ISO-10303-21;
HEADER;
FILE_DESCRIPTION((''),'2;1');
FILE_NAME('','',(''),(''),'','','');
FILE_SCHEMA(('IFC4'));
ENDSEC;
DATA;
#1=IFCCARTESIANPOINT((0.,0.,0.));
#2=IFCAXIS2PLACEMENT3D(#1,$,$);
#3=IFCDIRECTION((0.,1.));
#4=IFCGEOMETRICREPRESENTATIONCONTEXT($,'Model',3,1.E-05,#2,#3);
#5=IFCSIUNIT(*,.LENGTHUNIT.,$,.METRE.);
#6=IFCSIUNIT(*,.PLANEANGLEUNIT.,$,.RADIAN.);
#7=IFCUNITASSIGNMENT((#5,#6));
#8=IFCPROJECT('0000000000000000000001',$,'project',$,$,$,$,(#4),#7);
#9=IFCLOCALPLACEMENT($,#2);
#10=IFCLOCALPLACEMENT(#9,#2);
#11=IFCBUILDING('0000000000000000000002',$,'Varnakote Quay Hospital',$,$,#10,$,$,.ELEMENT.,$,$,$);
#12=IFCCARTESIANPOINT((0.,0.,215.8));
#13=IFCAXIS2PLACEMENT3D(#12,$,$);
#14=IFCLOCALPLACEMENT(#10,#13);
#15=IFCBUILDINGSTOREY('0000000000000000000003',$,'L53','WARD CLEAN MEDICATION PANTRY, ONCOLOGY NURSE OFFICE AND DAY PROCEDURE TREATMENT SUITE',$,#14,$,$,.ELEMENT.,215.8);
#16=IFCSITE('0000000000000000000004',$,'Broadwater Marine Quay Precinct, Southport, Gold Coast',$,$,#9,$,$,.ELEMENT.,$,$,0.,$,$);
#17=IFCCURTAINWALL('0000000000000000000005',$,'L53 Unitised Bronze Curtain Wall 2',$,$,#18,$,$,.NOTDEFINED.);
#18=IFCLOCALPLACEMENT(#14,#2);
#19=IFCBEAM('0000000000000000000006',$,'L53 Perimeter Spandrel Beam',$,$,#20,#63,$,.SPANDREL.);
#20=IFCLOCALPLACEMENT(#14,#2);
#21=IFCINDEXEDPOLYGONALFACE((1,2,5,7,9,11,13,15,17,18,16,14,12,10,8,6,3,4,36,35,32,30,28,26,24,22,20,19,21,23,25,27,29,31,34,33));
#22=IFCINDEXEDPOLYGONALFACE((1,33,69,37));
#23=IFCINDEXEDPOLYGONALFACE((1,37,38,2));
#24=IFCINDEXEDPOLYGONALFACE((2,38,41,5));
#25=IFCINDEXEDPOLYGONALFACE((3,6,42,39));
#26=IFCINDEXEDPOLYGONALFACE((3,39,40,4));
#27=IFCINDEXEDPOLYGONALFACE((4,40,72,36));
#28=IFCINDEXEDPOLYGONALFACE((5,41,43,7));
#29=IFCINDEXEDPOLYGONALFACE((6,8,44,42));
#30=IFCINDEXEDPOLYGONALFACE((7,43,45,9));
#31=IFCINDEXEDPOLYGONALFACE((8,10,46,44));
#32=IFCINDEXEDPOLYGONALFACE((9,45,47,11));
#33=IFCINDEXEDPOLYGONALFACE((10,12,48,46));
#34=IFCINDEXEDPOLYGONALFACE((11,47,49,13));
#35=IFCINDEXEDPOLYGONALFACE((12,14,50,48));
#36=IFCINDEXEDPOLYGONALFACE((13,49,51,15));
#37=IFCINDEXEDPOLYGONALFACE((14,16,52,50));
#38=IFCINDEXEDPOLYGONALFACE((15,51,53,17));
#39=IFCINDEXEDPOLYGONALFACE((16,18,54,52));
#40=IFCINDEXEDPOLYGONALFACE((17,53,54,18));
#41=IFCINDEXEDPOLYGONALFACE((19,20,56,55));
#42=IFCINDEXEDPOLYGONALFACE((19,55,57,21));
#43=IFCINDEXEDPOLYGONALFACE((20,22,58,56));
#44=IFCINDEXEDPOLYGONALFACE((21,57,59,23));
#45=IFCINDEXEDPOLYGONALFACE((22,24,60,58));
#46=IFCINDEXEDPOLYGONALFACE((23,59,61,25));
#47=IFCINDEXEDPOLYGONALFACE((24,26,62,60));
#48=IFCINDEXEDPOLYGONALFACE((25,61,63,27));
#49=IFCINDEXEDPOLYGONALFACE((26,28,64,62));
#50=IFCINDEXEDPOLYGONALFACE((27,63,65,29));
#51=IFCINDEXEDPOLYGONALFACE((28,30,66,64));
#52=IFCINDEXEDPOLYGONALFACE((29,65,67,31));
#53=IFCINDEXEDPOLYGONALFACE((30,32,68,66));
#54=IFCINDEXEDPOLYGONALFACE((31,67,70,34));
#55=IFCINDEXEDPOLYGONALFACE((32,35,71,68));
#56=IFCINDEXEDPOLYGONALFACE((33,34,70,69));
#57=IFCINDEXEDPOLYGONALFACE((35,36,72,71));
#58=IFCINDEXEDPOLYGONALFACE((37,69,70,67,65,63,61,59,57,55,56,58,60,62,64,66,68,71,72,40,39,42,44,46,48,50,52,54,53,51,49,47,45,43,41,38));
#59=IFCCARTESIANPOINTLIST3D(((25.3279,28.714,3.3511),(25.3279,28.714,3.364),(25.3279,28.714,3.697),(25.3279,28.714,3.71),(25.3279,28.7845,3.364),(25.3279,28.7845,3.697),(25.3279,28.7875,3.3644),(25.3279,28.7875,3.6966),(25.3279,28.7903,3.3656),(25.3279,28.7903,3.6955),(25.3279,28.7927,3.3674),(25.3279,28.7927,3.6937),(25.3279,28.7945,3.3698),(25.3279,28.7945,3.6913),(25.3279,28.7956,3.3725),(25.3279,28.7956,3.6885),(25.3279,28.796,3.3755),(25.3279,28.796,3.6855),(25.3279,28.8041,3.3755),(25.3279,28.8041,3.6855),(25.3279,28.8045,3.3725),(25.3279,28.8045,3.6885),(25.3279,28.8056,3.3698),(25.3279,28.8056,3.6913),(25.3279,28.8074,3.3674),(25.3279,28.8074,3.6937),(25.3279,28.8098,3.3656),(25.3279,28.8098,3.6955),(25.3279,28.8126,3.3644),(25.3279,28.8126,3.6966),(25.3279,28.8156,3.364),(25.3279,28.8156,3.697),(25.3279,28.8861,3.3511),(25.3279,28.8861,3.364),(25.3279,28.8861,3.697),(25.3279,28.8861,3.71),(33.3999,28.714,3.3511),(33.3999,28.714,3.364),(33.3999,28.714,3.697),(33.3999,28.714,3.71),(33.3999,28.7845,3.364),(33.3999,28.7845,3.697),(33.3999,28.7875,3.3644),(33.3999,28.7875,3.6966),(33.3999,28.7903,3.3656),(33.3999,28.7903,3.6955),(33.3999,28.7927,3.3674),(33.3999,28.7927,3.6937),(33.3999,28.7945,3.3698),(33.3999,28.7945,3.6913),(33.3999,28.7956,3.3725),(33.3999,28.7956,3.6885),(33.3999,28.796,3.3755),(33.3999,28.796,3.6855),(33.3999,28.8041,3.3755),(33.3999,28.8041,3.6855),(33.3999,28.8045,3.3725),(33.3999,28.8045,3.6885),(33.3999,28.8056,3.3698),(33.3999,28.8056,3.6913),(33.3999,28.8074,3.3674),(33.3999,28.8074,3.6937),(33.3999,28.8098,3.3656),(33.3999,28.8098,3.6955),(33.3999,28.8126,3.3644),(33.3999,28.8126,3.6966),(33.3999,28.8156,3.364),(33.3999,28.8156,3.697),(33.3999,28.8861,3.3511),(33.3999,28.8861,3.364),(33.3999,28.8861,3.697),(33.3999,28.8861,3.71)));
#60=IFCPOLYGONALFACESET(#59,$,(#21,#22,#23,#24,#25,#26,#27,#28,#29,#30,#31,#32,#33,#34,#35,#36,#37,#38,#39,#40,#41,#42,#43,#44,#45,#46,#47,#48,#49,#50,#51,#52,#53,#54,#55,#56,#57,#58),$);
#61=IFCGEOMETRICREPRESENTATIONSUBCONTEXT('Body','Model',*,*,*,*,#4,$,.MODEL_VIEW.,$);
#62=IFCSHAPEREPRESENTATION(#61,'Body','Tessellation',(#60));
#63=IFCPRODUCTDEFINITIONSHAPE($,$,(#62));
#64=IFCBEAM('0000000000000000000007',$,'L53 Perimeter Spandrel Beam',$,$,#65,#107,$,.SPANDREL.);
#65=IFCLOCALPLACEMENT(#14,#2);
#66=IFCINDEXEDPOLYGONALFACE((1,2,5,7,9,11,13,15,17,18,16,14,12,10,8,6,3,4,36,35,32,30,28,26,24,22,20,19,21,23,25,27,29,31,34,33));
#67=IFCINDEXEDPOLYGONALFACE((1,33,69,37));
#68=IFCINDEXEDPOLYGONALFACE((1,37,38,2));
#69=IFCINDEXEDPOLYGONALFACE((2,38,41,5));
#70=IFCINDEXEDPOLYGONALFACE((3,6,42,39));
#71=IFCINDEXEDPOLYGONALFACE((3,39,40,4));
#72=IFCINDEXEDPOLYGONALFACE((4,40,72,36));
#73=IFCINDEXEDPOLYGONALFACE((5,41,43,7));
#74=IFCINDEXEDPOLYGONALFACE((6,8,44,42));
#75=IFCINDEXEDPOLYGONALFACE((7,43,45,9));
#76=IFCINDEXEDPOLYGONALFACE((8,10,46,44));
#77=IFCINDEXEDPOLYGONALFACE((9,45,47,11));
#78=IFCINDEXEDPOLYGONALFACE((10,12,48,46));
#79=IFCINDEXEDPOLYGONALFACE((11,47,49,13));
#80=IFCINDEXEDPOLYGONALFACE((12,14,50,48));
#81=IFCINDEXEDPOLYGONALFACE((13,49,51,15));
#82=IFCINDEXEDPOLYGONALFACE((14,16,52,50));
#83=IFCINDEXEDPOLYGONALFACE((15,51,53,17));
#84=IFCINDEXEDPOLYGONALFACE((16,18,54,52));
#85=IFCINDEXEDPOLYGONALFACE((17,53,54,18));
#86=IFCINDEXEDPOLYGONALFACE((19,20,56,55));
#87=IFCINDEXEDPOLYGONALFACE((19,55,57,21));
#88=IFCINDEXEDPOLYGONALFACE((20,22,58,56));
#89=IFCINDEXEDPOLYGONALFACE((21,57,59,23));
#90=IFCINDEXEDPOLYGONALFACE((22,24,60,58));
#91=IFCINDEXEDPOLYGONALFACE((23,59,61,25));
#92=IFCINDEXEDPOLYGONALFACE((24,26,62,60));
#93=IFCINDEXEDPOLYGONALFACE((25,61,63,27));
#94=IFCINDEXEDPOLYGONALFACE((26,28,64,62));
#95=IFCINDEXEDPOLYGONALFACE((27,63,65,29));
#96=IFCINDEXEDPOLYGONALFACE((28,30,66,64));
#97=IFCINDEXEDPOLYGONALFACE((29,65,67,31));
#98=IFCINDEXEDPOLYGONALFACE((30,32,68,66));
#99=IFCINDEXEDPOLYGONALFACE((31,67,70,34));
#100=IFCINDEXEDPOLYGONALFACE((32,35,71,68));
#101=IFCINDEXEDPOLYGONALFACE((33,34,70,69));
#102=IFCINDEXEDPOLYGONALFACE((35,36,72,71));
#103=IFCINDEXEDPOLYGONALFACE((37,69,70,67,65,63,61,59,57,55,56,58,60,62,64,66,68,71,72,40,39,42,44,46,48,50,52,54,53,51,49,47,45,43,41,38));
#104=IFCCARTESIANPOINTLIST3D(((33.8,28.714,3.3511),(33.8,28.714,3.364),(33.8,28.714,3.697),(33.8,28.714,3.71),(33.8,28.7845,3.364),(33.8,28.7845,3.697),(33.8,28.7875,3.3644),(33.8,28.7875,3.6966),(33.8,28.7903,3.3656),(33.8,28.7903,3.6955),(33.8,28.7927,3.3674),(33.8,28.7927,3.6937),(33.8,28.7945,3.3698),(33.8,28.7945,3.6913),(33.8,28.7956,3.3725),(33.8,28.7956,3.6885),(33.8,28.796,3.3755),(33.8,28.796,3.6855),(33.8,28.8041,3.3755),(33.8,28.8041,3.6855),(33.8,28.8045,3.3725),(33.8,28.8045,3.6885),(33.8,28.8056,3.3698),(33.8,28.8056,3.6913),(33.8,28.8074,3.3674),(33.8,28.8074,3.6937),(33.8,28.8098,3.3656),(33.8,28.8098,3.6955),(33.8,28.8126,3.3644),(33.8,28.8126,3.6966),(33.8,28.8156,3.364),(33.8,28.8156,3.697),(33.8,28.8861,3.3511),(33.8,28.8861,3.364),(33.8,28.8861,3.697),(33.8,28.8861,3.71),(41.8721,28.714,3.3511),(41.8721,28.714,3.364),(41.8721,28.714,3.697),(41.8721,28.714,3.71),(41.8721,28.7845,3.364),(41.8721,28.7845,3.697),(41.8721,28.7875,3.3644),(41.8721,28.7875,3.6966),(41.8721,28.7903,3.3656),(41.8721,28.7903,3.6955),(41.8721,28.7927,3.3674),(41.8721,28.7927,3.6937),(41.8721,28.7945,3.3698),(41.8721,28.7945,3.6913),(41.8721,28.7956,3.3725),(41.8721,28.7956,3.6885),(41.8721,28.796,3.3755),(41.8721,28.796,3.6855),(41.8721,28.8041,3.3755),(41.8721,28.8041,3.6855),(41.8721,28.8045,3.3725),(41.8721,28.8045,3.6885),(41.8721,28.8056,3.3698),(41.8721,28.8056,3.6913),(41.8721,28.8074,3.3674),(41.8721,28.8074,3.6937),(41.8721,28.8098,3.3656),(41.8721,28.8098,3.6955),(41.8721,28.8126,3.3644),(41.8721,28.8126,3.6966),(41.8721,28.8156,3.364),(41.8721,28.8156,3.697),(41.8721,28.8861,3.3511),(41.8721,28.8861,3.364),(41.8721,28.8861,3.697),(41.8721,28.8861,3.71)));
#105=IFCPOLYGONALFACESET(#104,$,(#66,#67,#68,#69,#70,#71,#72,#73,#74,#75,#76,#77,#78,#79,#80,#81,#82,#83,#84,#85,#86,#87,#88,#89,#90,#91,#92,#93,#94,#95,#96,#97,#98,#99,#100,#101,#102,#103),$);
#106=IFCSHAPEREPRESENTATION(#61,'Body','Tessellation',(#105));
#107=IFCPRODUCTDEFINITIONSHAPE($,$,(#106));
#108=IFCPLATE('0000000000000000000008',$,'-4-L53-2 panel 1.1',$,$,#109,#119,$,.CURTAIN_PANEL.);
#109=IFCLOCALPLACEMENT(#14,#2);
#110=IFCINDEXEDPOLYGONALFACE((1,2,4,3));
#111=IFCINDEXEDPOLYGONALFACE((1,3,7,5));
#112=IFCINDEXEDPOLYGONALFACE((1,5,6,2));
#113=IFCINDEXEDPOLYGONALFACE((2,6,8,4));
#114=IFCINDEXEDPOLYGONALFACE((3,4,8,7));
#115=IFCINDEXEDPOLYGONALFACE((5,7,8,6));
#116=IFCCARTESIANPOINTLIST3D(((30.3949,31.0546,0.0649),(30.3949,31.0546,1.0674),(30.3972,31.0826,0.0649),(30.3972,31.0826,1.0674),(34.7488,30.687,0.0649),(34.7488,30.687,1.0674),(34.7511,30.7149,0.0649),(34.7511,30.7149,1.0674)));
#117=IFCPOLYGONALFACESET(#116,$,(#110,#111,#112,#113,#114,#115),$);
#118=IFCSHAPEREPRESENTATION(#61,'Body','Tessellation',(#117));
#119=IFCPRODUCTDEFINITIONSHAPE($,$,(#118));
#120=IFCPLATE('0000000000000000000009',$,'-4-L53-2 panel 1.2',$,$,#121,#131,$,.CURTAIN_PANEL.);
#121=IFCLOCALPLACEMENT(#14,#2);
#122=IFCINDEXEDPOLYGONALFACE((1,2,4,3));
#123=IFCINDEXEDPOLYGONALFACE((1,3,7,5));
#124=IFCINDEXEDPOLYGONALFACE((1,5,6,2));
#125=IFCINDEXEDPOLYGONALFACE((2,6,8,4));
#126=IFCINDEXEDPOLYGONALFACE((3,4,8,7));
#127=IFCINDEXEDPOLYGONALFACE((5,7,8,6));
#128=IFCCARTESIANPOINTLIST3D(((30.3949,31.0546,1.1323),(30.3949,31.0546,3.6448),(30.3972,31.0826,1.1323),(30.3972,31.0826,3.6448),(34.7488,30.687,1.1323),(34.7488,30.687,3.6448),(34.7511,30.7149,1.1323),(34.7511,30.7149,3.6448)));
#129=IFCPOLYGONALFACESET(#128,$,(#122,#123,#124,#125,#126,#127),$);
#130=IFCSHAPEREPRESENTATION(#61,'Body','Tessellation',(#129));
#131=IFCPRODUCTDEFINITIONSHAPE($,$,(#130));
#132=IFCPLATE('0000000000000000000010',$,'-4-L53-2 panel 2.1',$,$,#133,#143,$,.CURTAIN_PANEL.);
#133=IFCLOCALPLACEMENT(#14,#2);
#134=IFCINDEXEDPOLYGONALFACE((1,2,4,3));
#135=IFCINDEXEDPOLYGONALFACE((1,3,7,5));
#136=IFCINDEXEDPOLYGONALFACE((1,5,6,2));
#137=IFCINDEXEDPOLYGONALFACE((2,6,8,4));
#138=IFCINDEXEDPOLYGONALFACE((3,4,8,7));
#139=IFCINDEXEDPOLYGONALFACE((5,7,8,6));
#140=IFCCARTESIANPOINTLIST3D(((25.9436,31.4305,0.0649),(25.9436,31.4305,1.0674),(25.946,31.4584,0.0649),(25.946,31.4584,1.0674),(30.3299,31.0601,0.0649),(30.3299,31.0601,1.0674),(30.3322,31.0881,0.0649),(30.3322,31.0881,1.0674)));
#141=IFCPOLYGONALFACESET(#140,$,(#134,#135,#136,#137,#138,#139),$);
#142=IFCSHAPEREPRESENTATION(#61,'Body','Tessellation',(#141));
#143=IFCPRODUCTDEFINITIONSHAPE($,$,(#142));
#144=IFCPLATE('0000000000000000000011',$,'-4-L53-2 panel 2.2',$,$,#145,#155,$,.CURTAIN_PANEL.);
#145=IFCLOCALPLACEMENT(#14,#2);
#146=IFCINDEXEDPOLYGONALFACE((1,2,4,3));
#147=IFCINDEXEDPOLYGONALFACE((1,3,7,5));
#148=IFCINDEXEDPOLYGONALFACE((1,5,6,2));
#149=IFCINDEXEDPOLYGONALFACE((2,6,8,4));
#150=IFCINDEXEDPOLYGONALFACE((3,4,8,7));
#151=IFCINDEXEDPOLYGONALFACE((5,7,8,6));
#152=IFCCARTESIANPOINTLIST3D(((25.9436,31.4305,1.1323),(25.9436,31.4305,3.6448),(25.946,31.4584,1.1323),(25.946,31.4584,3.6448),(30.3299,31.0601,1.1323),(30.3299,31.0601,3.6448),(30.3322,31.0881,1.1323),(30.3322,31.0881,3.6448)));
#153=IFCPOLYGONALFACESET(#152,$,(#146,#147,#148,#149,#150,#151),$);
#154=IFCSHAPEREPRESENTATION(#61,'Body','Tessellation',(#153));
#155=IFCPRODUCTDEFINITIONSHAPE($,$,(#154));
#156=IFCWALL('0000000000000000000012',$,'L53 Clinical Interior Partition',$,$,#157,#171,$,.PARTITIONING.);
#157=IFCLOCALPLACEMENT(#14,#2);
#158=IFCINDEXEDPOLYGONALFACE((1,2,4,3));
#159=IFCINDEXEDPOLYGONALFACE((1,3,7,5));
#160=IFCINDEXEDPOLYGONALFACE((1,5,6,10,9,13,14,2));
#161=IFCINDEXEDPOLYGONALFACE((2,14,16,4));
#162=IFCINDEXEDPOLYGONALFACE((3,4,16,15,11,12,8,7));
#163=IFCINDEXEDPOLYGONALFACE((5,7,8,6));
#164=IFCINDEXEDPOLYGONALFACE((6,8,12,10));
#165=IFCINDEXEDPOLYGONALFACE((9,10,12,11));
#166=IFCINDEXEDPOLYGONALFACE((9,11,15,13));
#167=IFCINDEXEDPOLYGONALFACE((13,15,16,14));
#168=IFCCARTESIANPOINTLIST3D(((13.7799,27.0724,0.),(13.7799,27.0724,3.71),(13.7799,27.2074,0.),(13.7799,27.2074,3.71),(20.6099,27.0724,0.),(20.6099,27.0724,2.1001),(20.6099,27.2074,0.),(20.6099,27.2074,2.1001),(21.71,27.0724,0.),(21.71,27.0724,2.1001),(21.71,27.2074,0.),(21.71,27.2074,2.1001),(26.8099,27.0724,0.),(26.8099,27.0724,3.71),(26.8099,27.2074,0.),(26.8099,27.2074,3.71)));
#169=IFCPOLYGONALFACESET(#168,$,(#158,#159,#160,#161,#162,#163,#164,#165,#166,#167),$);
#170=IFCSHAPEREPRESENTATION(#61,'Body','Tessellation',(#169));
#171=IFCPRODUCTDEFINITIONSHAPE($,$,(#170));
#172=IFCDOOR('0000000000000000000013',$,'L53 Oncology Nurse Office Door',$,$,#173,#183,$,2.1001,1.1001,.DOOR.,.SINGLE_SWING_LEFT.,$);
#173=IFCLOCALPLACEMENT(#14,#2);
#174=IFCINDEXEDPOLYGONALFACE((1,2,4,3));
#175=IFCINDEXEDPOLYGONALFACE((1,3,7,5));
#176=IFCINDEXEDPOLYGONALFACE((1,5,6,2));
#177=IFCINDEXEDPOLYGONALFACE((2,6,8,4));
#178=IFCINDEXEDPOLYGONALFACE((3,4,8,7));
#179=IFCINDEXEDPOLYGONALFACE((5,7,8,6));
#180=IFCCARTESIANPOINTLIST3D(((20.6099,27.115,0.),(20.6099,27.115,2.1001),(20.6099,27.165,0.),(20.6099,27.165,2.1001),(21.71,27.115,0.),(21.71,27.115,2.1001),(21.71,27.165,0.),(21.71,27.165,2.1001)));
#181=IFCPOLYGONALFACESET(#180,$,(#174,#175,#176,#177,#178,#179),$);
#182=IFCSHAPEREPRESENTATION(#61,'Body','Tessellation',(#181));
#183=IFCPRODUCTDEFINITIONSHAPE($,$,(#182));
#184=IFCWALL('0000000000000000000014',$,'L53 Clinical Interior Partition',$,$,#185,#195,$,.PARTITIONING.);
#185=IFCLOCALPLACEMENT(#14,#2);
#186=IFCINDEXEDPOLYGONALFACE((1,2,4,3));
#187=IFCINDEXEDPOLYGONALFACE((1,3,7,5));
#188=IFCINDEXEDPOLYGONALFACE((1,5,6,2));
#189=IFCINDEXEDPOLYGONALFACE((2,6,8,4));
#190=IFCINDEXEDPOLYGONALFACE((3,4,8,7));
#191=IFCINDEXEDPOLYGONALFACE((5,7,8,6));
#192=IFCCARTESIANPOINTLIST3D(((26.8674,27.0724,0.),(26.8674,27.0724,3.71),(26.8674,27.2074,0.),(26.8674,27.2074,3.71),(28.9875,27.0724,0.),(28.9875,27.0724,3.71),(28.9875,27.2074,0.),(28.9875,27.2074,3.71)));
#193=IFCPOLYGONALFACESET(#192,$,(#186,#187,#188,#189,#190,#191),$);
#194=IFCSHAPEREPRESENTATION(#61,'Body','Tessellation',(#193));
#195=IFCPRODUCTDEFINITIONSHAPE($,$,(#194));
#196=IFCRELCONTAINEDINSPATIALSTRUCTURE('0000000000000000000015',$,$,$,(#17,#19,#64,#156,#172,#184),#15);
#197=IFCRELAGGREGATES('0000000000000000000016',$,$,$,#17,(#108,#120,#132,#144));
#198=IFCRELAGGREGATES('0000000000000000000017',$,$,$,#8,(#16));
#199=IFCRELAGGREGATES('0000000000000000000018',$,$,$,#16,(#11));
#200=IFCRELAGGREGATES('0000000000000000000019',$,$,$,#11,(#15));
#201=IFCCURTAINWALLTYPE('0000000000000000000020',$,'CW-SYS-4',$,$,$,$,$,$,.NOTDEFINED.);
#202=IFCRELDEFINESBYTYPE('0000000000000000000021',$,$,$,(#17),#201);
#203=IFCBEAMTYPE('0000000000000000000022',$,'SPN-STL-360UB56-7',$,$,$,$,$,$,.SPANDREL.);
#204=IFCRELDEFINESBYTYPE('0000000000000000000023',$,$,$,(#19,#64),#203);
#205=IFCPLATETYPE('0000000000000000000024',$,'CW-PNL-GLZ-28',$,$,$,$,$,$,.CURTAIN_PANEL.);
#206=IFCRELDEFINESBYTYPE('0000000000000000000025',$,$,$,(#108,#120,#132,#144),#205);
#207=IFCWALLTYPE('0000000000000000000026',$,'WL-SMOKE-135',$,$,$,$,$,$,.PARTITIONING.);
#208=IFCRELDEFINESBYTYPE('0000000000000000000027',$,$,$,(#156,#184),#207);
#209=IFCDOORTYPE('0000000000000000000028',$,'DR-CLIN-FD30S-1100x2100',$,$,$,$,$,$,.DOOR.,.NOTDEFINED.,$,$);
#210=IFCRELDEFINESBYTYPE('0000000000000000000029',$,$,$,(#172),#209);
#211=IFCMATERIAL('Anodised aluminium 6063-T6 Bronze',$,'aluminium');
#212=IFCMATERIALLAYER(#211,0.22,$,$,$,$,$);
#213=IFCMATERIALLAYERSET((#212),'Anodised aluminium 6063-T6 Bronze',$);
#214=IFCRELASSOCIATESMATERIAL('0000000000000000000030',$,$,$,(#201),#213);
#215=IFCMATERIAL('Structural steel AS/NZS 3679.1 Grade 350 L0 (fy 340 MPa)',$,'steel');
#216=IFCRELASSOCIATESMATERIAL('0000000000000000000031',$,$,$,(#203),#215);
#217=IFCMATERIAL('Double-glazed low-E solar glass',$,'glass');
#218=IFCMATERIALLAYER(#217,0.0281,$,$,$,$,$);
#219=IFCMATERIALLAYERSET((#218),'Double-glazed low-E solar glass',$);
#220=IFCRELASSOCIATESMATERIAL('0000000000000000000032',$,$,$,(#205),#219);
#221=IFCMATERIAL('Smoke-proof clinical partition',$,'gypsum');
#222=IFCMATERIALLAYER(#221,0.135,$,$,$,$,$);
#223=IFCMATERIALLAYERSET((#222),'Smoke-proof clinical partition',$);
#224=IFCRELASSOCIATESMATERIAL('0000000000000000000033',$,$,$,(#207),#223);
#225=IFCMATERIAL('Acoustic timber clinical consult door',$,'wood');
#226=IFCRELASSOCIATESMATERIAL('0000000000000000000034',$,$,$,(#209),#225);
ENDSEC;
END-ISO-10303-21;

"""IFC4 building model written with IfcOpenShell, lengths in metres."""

from ifc_helpers import new_model, si_unit, direction, frame, frame_2d, origin, origin_2d, place, context, subcontext, project, spatial, rectangle, i_section, extrude, material, layer, layer_set, material_profile, profile_set, type_object, element, fill, aggregate, save


model = new_model("IFC4")

# Units and contexts
model_context = context("Model", 3, precision=1e-05, world=origin(), true_north=direction((0.0, 1.0)))
body_context = subcontext(model_context, "Body", "Model", "MODEL_VIEW")
ifc_project = project(units=[si_unit("LENGTHUNIT", "METRE"), si_unit("PLANEANGLEUNIT", "RADIAN")], contexts=[model_context])

# Site, building, storey
site_placement = place(None, origin())
site = spatial("IfcSite", under=ifc_project, at=site_placement, Name="Broadwater Marine Quay Precinct, Southport, Gold Coast", CompositionType="ELEMENT", RefElevation=0.0)
building_placement = place(site_placement, origin())
building = spatial("IfcBuilding", under=site, at=building_placement, Name="Varnakote Quay Hospital", CompositionType="ELEMENT")
storey_placement = place(building_placement, frame((0.0, 0.0, 215.8)))
storey = spatial("IfcBuildingStorey", under=building, at=storey_placement, Name="L53", Description="WARD CLEAN MEDICATION PANTRY, ONCOLOGY NURSE OFFICE AND DAY PROCEDURE TREATMENT SUITE", CompositionType="ELEMENT", Elevation=215.8)

# Curtain wall
ifc_material_1 = material(Name="Anodised aluminium 6063-T6 Bronze", Category="aluminium")
ifc_layer_1 = layer(ifc_material_1, 0.22)
ifc_layer_set_1 = layer_set([ifc_layer_1], Name="Anodised aluminium 6063-T6 Bronze")
curtain_wall_type = type_object("IfcCurtainWallType", Name="CW-SYS-4", PredefinedType="NOTDEFINED", material=ifc_layer_set_1)
curtain_wall_placement = place(storey_placement, origin())
curtain_wall = element("IfcCurtainWall", 1, at=curtain_wall_placement, inside=storey, type_object=curtain_wall_type, Name="L53 Unitised Bronze Curtain Wall 2", PredefinedType="NOTDEFINED")

# Beams
ifc_material_2 = material(Name="Structural steel AS/NZS 3679.1 Grade 350 L0 (fy 340 MPa)", Category="steel")
ifc_material_profile_1 = material_profile(ifc_material_2, i_section(OverallWidth=0.1721, OverallDepth=0.3589, WebThickness=0.0081, FlangeThickness=0.0129, FilletRadius=0.0115, at=origin_2d()), Name="360UB56.7")
ifc_profile_set_1 = profile_set([ifc_material_profile_1], Name="Structural steel AS/NZS 3679.1 Grade 350 L0 (fy 340 MPa)")
beam_type_1 = type_object("IfcBeamType", Name="SPN-STL-360UB56-7", PredefinedType="SPANDREL", material=ifc_profile_set_1)
for number, where, z_axis, x_axis, name in (
    (2, (25.3279, 28.8, 3.5305), (1.0, 0.0, 0.0), (0.0, 1.0, 0.0), "L53 Perimeter Spandrel Beam"),
    (3, (33.8, 28.8, 3.5305), (1.0, 0.0, 0.0), (0.0, 1.0, 0.0), "L53 Perimeter Spandrel Beam"),
):
    element("IfcBeam", number, at=place(storey_placement, frame(where, z_axis=z_axis, x_axis=x_axis)), inside=storey, type_object=beam_type_1, Name=name, PredefinedType="SPANDREL", context=body_context, shape_type="SweptSolid", body=[
        extrude(i_section(OverallWidth=0.1721, OverallDepth=0.3589, WebThickness=0.0081, FlangeThickness=0.0129, FilletRadius=0.0115, at=origin_2d()), origin(), (0.0, 0.0, 1.0), 8.072),
    ])

# Plates
ifc_material_3 = material(Name="Double-glazed low-E solar glass", Category="glass")
ifc_layer_2 = layer(ifc_material_3, 0.0281)
ifc_layer_set_2 = layer_set([ifc_layer_2], Name="Double-glazed low-E solar glass")
plate_type = type_object("IfcPlateType", Name="CW-PNL-GLZ-28", PredefinedType="CURTAIN_PANEL", material=ifc_layer_set_2)
plate_1_placement = place(storey_placement, frame((32.573, 30.8848, 0.0649), z_axis=(0.0, 0.0, 1.0), x_axis=(-0.996454, 0.084136, 0.0)))
plate_1 = element("IfcPlate", 4, at=plate_1_placement, type_object=plate_type, Name="-4-L53-2 panel 1.1", PredefinedType="CURTAIN_PANEL", context=body_context, shape_type="SweptSolid", body=[
    extrude(rectangle(XDim=4.3694, YDim=0.0281, at=origin_2d()), origin(), (0.0, 0.0, 1.0), 1.0024),
])
plate_2_placement = place(storey_placement, frame((32.573, 30.8848, 1.1323), z_axis=(0.0, 0.0, 1.0), x_axis=(-0.996454, 0.084136, 0.0)))
plate_2 = element("IfcPlate", 5, at=plate_2_placement, type_object=plate_type, Name="-4-L53-2 panel 1.2", PredefinedType="CURTAIN_PANEL", context=body_context, shape_type="SweptSolid", body=[
    extrude(rectangle(XDim=4.3694, YDim=0.0281, at=origin_2d()), origin(), (0.0, 0.0, 1.0), 2.5125),
])
plate_3_placement = place(storey_placement, frame((28.1379, 31.2593, 0.0649), z_axis=(0.0, 0.0, 1.0), x_axis=(-0.996454, 0.084136, 0.0)))
plate_3 = element("IfcPlate", 6, at=plate_3_placement, type_object=plate_type, Name="-4-L53-2 panel 2.1", PredefinedType="CURTAIN_PANEL", context=body_context, shape_type="SweptSolid", body=[
    extrude(rectangle(XDim=4.4019, YDim=0.0281, at=origin_2d()), origin(), (0.0, 0.0, 1.0), 1.0024),
])
plate_4_placement = place(storey_placement, frame((28.1379, 31.2593, 1.1323), z_axis=(0.0, 0.0, 1.0), x_axis=(-0.996454, 0.084136, 0.0)))
plate_4 = element("IfcPlate", 7, at=plate_4_placement, type_object=plate_type, Name="-4-L53-2 panel 2.2", PredefinedType="CURTAIN_PANEL", context=body_context, shape_type="SweptSolid", body=[
    extrude(rectangle(XDim=4.4019, YDim=0.0281, at=origin_2d()), origin(), (0.0, 0.0, 1.0), 2.5125),
])
aggregate(curtain_wall, [plate_1, plate_2, plate_3, plate_4])

# Wall, opening, door
ifc_material_4 = material(Name="Smoke-proof clinical partition", Category="gypsum")
ifc_layer_3 = layer(ifc_material_4, 0.135)
ifc_layer_set_3 = layer_set([ifc_layer_3], Name="Smoke-proof clinical partition")
wall_type = type_object("IfcWallType", Name="WL-SMOKE-135", PredefinedType="PARTITIONING", material=ifc_layer_set_3)
wall_1_placement = place(storey_placement, frame((26.8101, 27.1399, 0.0), z_axis=(0.0, 0.0, 1.0), x_axis=(-1.0, 0.0, 0.0)))
wall_1 = element("IfcWall", 8, at=wall_1_placement, inside=storey, type_object=wall_type, Name="L53 Clinical Interior Partition", PredefinedType="PARTITIONING", context=body_context, shape_type="SweptSolid", body=[
    extrude(rectangle(XDim=13.03, YDim=0.135, at=frame_2d((6.5151, 0.0))), origin(), (0.0, 0.0, 1.0), 3.71),
])
opening_1_placement = place(wall_1_placement, frame((5.1001, 0.0, 0.0)))
opening_1 = element("IfcOpeningElement", 9, at=opening_1_placement, cuts=wall_1, PredefinedType="OPENING", context=body_context, shape_type="SweptSolid", body=[
    extrude(rectangle(XDim=1.1001, YDim=2.1001, at=frame_2d((0.55, 1.05))), frame((0.0, 0.0774, 0.0), z_axis=(0.0, -1.0, 0.0), x_axis=(1.0, 0.0, 0.0)), (0.0, 0.0, 1.0), 0.155),
])
ifc_material_5 = material(Name="Acoustic timber clinical consult door", Category="wood")
door_type = type_object("IfcDoorType", Name="DR-CLIN-FD30S-1100x2100", OperationType="NOTDEFINED", PredefinedType="DOOR", material=ifc_material_5)
door_1_placement = place(opening_1_placement, origin())
door_1 = element("IfcDoor", 10, at=door_1_placement, inside=storey, type_object=door_type, Name="L53 Oncology Nurse Office Door", OperationType="SINGLE_SWING_LEFT", OverallHeight=2.1001, OverallWidth=1.1001, PredefinedType="DOOR", context=body_context, shape_type="SweptSolid", body=[
    extrude(rectangle(XDim=1.1001, YDim=2.1001, at=frame_2d((0.55, 1.05))), frame((0.0, 0.0249, 0.0), z_axis=(0.0, -1.0, 0.0), x_axis=(1.0, 0.0, 0.0)), (0.0, 0.0, 1.0), 0.05),
])
fill(opening_1, door_1)

# Wall
wall_2_placement = place(storey_placement, frame((28.9875, 27.1399, 0.0), z_axis=(0.0, 0.0, 1.0), x_axis=(-1.0, 0.0, 0.0)))
element("IfcWall", 11, at=wall_2_placement, inside=storey, type_object=wall_type, Name="L53 Clinical Interior Partition", PredefinedType="PARTITIONING", context=body_context, shape_type="SweptSolid", body=[
    extrude(rectangle(XDim=2.1201, YDim=0.135, at=frame_2d((1.0601, 0.0))), origin(), (0.0, 0.0, 1.0), 3.71),
])

save(model, "model.ifc")
